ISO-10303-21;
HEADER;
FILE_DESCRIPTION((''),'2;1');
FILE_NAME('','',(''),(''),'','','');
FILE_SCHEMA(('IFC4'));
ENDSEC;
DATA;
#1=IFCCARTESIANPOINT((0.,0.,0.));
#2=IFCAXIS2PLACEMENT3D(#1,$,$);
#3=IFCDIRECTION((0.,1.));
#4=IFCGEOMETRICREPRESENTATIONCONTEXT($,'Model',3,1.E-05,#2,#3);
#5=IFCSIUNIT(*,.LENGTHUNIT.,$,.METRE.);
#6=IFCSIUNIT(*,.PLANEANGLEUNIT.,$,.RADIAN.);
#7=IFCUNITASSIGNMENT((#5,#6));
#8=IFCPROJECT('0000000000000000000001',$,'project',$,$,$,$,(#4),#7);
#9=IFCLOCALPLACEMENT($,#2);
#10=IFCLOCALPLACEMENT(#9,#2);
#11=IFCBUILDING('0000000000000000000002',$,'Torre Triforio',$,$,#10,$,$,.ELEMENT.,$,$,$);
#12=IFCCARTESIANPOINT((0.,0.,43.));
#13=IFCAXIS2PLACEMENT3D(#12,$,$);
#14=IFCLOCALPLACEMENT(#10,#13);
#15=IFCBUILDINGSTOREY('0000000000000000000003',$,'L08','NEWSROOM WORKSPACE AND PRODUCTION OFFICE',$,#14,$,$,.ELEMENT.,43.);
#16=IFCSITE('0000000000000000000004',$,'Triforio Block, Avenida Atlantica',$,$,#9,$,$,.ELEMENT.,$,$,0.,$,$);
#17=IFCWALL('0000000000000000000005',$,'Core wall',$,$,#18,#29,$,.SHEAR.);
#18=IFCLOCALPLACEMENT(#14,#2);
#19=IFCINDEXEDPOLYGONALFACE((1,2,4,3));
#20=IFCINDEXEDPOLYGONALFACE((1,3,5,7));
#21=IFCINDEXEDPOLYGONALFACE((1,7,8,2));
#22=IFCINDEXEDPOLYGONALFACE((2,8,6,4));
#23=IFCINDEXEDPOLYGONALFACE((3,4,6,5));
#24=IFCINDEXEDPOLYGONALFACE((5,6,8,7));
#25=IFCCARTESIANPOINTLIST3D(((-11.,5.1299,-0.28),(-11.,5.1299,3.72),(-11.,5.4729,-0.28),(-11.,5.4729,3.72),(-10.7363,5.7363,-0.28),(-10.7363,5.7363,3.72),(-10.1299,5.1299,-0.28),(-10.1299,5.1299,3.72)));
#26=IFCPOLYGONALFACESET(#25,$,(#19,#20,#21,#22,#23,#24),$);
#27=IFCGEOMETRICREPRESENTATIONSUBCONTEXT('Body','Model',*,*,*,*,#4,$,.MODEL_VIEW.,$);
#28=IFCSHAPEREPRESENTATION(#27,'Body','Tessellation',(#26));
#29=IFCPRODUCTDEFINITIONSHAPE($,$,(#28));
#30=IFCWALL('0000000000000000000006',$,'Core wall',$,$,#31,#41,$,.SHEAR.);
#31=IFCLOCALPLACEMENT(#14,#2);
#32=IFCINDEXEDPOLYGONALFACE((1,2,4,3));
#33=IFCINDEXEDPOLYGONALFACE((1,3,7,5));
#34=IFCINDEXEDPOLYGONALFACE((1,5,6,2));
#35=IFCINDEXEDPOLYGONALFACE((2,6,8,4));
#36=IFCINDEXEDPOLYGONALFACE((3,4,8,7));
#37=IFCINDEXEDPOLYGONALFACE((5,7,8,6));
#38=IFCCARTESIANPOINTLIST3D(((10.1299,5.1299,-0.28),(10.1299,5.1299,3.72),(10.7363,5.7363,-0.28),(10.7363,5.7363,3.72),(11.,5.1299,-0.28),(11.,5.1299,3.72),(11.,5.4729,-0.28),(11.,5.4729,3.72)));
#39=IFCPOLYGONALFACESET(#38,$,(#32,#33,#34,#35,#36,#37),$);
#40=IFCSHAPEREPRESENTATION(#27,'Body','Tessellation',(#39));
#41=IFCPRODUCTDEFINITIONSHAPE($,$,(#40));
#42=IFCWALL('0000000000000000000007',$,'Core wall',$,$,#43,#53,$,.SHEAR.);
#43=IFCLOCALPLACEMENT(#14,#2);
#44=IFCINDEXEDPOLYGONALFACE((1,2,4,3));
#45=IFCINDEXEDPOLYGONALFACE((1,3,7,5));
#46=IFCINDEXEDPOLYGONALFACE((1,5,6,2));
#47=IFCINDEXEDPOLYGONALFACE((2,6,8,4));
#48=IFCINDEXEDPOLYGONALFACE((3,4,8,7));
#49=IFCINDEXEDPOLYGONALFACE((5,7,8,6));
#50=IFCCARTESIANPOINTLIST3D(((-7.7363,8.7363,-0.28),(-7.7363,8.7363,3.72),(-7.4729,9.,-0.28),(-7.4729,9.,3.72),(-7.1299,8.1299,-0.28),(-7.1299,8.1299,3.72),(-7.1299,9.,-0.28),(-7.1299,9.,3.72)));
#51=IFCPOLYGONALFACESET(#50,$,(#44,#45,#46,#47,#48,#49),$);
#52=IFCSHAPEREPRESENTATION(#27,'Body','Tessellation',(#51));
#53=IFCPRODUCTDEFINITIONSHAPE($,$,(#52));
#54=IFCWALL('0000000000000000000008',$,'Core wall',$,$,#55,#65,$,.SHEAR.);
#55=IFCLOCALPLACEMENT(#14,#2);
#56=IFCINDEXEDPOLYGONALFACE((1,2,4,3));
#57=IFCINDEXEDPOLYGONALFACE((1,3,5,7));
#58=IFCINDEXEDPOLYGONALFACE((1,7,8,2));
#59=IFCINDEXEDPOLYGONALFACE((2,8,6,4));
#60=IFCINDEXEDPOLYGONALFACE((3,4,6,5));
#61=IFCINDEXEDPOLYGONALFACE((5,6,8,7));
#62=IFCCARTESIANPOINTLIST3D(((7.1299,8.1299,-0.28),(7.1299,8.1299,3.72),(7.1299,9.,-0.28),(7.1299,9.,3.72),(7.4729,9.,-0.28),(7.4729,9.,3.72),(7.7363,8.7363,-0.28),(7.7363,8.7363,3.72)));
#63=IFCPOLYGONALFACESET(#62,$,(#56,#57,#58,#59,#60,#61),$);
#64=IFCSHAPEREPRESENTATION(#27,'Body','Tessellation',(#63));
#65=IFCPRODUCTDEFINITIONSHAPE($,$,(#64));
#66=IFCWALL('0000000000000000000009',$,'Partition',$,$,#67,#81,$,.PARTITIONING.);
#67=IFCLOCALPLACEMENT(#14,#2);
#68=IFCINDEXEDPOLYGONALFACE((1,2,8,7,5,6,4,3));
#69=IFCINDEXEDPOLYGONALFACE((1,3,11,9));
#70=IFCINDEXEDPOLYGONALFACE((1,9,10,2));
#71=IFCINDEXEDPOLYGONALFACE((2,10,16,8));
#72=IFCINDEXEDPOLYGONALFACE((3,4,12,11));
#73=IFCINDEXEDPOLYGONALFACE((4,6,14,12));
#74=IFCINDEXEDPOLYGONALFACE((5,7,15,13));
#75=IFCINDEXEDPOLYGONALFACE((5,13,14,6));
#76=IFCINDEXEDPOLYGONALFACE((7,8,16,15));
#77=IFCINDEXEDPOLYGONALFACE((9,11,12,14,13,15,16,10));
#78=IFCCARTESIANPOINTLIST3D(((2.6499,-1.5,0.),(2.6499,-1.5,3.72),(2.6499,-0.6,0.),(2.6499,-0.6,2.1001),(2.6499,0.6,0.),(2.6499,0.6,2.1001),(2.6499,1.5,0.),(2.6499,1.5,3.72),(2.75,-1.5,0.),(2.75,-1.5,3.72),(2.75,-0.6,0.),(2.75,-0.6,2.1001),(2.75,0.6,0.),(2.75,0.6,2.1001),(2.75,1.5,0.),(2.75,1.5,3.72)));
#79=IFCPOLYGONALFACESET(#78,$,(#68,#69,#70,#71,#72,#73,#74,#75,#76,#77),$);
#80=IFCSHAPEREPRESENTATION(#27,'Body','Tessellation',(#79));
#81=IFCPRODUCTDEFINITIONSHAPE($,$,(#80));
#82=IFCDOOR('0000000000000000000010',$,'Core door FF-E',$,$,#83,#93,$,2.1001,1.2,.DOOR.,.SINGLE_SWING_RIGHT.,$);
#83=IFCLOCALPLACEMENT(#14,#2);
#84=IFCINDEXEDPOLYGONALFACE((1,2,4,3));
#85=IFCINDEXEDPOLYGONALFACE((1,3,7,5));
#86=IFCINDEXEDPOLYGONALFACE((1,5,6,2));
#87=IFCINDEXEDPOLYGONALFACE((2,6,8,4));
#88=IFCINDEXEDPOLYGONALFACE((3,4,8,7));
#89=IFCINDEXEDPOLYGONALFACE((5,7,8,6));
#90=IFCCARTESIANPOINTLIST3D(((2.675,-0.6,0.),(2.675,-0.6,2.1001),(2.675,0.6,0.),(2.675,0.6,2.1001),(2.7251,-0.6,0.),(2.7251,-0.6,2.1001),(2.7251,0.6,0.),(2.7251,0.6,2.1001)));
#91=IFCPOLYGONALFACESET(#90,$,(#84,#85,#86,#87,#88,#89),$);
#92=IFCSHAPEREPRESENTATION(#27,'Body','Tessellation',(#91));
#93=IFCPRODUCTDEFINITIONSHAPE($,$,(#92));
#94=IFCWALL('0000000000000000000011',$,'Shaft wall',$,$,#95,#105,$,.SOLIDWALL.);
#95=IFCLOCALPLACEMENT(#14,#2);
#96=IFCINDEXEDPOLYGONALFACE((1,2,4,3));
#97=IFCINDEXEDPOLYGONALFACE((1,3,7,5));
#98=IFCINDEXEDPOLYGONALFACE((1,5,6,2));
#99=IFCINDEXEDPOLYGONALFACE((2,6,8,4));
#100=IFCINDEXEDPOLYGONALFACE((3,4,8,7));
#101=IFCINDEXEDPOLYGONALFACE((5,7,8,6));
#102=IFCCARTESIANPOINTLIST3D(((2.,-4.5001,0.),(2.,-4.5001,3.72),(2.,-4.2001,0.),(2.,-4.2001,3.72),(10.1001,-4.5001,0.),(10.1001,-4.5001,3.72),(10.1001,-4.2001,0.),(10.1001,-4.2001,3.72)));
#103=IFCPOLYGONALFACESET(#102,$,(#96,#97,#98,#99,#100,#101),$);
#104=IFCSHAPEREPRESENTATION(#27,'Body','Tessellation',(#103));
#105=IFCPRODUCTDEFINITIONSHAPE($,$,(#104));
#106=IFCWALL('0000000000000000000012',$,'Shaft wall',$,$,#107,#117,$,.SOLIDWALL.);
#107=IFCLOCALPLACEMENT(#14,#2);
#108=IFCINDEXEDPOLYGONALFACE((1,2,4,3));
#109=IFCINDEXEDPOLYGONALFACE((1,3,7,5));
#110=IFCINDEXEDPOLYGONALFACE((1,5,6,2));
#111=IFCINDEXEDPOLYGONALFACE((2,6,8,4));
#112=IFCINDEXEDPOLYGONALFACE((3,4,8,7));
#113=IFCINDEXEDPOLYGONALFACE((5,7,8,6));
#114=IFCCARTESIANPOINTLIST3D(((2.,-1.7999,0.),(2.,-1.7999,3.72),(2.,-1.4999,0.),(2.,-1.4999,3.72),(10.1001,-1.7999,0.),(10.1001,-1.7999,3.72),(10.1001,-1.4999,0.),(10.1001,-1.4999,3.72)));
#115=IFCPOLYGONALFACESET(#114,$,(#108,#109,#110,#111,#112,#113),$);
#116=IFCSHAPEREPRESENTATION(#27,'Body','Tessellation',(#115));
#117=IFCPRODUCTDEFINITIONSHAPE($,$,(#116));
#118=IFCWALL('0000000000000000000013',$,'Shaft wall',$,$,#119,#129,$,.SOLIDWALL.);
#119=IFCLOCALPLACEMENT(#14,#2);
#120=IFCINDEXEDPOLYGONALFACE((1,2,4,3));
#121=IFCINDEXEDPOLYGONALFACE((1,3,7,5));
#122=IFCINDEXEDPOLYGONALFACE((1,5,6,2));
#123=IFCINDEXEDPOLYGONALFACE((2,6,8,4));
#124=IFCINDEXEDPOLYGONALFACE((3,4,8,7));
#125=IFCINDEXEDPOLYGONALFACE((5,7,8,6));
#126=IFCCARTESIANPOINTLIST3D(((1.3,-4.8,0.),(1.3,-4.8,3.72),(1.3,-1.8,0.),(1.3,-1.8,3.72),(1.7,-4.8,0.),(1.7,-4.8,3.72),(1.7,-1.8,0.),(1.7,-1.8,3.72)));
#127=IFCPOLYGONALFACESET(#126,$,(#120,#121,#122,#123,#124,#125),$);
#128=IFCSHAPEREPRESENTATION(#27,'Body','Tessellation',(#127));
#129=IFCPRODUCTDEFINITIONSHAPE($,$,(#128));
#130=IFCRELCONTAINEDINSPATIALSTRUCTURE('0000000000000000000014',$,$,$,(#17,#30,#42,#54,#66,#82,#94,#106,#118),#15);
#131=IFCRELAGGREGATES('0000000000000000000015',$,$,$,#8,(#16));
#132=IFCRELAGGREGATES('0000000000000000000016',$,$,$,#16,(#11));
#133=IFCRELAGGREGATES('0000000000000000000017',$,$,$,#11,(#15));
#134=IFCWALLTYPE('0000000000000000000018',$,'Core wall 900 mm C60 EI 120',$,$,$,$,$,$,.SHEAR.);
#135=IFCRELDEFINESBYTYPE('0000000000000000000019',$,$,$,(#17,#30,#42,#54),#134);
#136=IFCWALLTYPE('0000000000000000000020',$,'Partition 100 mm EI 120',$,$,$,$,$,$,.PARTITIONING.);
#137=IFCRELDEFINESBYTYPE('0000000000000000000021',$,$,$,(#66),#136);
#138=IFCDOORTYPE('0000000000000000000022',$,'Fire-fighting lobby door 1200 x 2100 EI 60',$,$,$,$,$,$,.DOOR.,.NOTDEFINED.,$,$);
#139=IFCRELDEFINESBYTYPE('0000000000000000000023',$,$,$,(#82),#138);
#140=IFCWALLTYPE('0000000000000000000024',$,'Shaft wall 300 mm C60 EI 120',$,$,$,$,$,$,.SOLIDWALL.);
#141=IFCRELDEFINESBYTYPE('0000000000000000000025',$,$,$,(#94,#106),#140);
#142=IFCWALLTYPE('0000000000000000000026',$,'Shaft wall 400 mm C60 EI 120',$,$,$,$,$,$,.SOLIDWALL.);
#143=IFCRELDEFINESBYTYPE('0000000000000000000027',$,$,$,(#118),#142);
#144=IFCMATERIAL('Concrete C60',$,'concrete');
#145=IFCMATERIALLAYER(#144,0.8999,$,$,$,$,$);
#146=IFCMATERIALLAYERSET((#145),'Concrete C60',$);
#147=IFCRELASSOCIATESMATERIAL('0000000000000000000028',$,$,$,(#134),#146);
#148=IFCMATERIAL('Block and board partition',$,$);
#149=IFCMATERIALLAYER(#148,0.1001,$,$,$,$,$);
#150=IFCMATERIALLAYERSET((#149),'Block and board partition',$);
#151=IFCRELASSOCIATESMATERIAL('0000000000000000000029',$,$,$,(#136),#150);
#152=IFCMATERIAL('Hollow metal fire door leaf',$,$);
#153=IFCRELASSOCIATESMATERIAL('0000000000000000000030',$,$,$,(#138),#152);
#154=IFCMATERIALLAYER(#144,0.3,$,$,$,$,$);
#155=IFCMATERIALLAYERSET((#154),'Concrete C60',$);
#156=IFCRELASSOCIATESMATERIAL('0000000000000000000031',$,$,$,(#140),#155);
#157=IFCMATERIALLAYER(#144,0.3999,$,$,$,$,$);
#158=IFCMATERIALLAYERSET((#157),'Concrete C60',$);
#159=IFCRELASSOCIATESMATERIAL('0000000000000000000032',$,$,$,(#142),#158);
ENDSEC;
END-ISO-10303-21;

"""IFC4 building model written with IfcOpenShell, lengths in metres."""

from ifc_helpers import new_model, si_unit, direction, frame, frame_2d, origin, place, context, subcontext, project, spatial, polyline, rectangle, outline, extrude, material, layer, layer_set, type_object, element, fill, save


model = new_model("IFC4")

# Units and contexts
model_context = context("Model", 3, precision=1e-05, world=origin(), true_north=direction((0.0, 1.0)))
body_context = subcontext(model_context, "Body", "Model", "MODEL_VIEW")
ifc_project = project(units=[si_unit("LENGTHUNIT", "METRE"), si_unit("PLANEANGLEUNIT", "RADIAN")], contexts=[model_context])

# Site, building, storey
site_placement = place(None, origin())
site = spatial("IfcSite", under=ifc_project, at=site_placement, Name="Triforio Block, Avenida Atlantica", CompositionType="ELEMENT", RefElevation=0.0)
building_placement = place(site_placement, origin())
building = spatial("IfcBuilding", under=site, at=building_placement, Name="Torre Triforio", CompositionType="ELEMENT")
storey_placement = place(building_placement, frame((0.0, 0.0, 43.0)))
storey = spatial("IfcBuildingStorey", under=building, at=storey_placement, Name="L08", Description="NEWSROOM WORKSPACE AND PRODUCTION OFFICE", CompositionType="ELEMENT", Elevation=43.0)

# Shared definitions
ifc_material_1 = material(Name="Concrete C60", Category="concrete")

# Walls
ifc_layer_1 = layer(ifc_material_1, 0.8999)
ifc_layer_set_1 = layer_set([ifc_layer_1], Name="Concrete C60")
wall_type_1 = type_object("IfcWallType", Name="Core wall 900 mm C60 EI 120", PredefinedType="SHEAR", material=ifc_layer_set_1)
wall_1_placement = place(storey_placement, frame((0.0, 0.0, -0.28)))
element("IfcWall", 1, at=wall_1_placement, inside=storey, type_object=wall_type_1, Name="Core wall", PredefinedType="SHEAR", context=body_context, shape_type="SweptSolid", body=[
    extrude(outline(polyline([(-10.7363, 5.7363), (-10.1299, 5.1299), (-11.0, 5.1299), (-11.0, 5.4729), (-10.7363, 5.7363)])), origin(), (0.0, 0.0, 1.0), 4.0),
])
wall_2_placement = place(storey_placement, frame((0.0, 0.0, -0.28)))
element("IfcWall", 2, at=wall_2_placement, inside=storey, type_object=wall_type_1, Name="Core wall", PredefinedType="SHEAR", context=body_context, shape_type="SweptSolid", body=[
    extrude(outline(polyline([(11.0, 5.4729), (11.0, 5.1299), (10.1299, 5.1299), (10.7363, 5.7363), (11.0, 5.4729)])), origin(), (0.0, 0.0, 1.0), 4.0),
])
wall_3_placement = place(storey_placement, frame((0.0, 0.0, -0.28)))
element("IfcWall", 3, at=wall_3_placement, inside=storey, type_object=wall_type_1, Name="Core wall", PredefinedType="SHEAR", context=body_context, shape_type="SweptSolid", body=[
    extrude(outline(polyline([(-7.4729, 9.0), (-7.1299, 9.0), (-7.1299, 8.1299), (-7.7363, 8.7363), (-7.4729, 9.0)])), origin(), (0.0, 0.0, 1.0), 4.0),
])
wall_4_placement = place(storey_placement, frame((0.0, 0.0, -0.28)))
element("IfcWall", 4, at=wall_4_placement, inside=storey, type_object=wall_type_1, Name="Core wall", PredefinedType="SHEAR", context=body_context, shape_type="SweptSolid", body=[
    extrude(outline(polyline([(7.4729, 9.0), (7.7363, 8.7363), (7.1299, 8.1299), (7.1299, 9.0), (7.4729, 9.0)])), origin(), (0.0, 0.0, 1.0), 4.0),
])

# Wall, opening, door
ifc_material_2 = material(Name="Block and board partition")
ifc_layer_2 = layer(ifc_material_2, 0.1001)
ifc_layer_set_2 = layer_set([ifc_layer_2], Name="Block and board partition")
wall_type_2 = type_object("IfcWallType", Name="Partition 100 mm EI 120", PredefinedType="PARTITIONING", material=ifc_layer_set_2)
wall_5_placement = place(storey_placement, frame((2.7, -1.5, 0.0), z_axis=(0.0, 0.0, 1.0), x_axis=(0.0, 1.0, 0.0)))
wall_5 = element("IfcWall", 5, at=wall_5_placement, inside=storey, type_object=wall_type_2, Name="Partition", PredefinedType="PARTITIONING", context=body_context, shape_type="SweptSolid", body=[
    extrude(rectangle(XDim=3.0, YDim=0.1001, at=frame_2d((1.5, 0.0))), origin(), (0.0, 0.0, 1.0), 3.72),
])
opening_placement = place(wall_5_placement, frame((0.8999, 0.0, 0.0)))
opening = element("IfcOpeningElement", 6, at=opening_placement, cuts=wall_5, PredefinedType="OPENING", context=body_context, shape_type="SweptSolid", body=[
    extrude(rectangle(XDim=1.2, YDim=2.1001, at=frame_2d((0.6001, 1.05))), frame((0.0, 0.0601, 0.0), z_axis=(0.0, -1.0, 0.0), x_axis=(1.0, 0.0, 0.0)), (0.0, 0.0, 1.0), 0.1201),
])
ifc_material_3 = material(Name="Hollow metal fire door leaf")
door_type = type_object("IfcDoorType", Name="Fire-fighting lobby door 1200 x 2100 EI 60", OperationType="NOTDEFINED", PredefinedType="DOOR", material=ifc_material_3)
door_placement = place(opening_placement, origin())
door = element("IfcDoor", 7, at=door_placement, inside=storey, type_object=door_type, Name="Core door FF-E", OperationType="SINGLE_SWING_RIGHT", OverallHeight=2.1001, OverallWidth=1.2, PredefinedType="DOOR", context=body_context, shape_type="SweptSolid", body=[
    extrude(rectangle(XDim=1.2, YDim=2.1001, at=frame_2d((0.6001, 1.05))), frame((0.0, 0.0249, 0.0), z_axis=(0.0, -1.0, 0.0), x_axis=(1.0, 0.0, 0.0)), (0.0, 0.0, 1.0), 0.05),
])
fill(opening, door)

# Walls
ifc_layer_3 = layer(ifc_material_1, 0.3)
ifc_layer_set_3 = layer_set([ifc_layer_3], Name="Concrete C60")
wall_type_3 = type_object("IfcWallType", Name="Shaft wall 300 mm C60 EI 120", PredefinedType="SOLIDWALL", material=ifc_layer_set_3)
for number, where, z_axis, x_axis, name in (
    (8, (2.0, -4.3501, 0.0), (0.0, 0.0, 1.0), (1.0, 0.0, 0.0), "Shaft wall"),
    (9, (2.0, -1.6499, 0.0), (0.0, 0.0, 1.0), (1.0, 0.0, 0.0), "Shaft wall"),
):
    element("IfcWall", number, at=place(storey_placement, frame(where, z_axis=z_axis, x_axis=x_axis)), inside=storey, type_object=wall_type_3, Name=name, PredefinedType="SOLIDWALL", context=body_context, shape_type="SweptSolid", body=[
        extrude(rectangle(XDim=8.1001, YDim=0.3, at=frame_2d((4.05, 0.0))), origin(), (0.0, 0.0, 1.0), 3.72),
    ])
ifc_layer_4 = layer(ifc_material_1, 0.3999)
ifc_layer_set_4 = layer_set([ifc_layer_4], Name="Concrete C60")
wall_type_4 = type_object("IfcWallType", Name="Shaft wall 400 mm C60 EI 120", PredefinedType="SOLIDWALL", material=ifc_layer_set_4)
wall_6_placement = place(storey_placement, frame((1.5, -4.8, 0.0), z_axis=(0.0, 0.0, 1.0), x_axis=(0.0, 1.0, 0.0)))
element("IfcWall", 10, at=wall_6_placement, inside=storey, type_object=wall_type_4, Name="Shaft wall", PredefinedType="SOLIDWALL", context=body_context, shape_type="SweptSolid", body=[
    extrude(rectangle(XDim=3.0, YDim=0.3999, at=frame_2d((1.5, 0.0))), origin(), (0.0, 0.0, 1.0), 3.72),
])

save(model, "model.ifc")
